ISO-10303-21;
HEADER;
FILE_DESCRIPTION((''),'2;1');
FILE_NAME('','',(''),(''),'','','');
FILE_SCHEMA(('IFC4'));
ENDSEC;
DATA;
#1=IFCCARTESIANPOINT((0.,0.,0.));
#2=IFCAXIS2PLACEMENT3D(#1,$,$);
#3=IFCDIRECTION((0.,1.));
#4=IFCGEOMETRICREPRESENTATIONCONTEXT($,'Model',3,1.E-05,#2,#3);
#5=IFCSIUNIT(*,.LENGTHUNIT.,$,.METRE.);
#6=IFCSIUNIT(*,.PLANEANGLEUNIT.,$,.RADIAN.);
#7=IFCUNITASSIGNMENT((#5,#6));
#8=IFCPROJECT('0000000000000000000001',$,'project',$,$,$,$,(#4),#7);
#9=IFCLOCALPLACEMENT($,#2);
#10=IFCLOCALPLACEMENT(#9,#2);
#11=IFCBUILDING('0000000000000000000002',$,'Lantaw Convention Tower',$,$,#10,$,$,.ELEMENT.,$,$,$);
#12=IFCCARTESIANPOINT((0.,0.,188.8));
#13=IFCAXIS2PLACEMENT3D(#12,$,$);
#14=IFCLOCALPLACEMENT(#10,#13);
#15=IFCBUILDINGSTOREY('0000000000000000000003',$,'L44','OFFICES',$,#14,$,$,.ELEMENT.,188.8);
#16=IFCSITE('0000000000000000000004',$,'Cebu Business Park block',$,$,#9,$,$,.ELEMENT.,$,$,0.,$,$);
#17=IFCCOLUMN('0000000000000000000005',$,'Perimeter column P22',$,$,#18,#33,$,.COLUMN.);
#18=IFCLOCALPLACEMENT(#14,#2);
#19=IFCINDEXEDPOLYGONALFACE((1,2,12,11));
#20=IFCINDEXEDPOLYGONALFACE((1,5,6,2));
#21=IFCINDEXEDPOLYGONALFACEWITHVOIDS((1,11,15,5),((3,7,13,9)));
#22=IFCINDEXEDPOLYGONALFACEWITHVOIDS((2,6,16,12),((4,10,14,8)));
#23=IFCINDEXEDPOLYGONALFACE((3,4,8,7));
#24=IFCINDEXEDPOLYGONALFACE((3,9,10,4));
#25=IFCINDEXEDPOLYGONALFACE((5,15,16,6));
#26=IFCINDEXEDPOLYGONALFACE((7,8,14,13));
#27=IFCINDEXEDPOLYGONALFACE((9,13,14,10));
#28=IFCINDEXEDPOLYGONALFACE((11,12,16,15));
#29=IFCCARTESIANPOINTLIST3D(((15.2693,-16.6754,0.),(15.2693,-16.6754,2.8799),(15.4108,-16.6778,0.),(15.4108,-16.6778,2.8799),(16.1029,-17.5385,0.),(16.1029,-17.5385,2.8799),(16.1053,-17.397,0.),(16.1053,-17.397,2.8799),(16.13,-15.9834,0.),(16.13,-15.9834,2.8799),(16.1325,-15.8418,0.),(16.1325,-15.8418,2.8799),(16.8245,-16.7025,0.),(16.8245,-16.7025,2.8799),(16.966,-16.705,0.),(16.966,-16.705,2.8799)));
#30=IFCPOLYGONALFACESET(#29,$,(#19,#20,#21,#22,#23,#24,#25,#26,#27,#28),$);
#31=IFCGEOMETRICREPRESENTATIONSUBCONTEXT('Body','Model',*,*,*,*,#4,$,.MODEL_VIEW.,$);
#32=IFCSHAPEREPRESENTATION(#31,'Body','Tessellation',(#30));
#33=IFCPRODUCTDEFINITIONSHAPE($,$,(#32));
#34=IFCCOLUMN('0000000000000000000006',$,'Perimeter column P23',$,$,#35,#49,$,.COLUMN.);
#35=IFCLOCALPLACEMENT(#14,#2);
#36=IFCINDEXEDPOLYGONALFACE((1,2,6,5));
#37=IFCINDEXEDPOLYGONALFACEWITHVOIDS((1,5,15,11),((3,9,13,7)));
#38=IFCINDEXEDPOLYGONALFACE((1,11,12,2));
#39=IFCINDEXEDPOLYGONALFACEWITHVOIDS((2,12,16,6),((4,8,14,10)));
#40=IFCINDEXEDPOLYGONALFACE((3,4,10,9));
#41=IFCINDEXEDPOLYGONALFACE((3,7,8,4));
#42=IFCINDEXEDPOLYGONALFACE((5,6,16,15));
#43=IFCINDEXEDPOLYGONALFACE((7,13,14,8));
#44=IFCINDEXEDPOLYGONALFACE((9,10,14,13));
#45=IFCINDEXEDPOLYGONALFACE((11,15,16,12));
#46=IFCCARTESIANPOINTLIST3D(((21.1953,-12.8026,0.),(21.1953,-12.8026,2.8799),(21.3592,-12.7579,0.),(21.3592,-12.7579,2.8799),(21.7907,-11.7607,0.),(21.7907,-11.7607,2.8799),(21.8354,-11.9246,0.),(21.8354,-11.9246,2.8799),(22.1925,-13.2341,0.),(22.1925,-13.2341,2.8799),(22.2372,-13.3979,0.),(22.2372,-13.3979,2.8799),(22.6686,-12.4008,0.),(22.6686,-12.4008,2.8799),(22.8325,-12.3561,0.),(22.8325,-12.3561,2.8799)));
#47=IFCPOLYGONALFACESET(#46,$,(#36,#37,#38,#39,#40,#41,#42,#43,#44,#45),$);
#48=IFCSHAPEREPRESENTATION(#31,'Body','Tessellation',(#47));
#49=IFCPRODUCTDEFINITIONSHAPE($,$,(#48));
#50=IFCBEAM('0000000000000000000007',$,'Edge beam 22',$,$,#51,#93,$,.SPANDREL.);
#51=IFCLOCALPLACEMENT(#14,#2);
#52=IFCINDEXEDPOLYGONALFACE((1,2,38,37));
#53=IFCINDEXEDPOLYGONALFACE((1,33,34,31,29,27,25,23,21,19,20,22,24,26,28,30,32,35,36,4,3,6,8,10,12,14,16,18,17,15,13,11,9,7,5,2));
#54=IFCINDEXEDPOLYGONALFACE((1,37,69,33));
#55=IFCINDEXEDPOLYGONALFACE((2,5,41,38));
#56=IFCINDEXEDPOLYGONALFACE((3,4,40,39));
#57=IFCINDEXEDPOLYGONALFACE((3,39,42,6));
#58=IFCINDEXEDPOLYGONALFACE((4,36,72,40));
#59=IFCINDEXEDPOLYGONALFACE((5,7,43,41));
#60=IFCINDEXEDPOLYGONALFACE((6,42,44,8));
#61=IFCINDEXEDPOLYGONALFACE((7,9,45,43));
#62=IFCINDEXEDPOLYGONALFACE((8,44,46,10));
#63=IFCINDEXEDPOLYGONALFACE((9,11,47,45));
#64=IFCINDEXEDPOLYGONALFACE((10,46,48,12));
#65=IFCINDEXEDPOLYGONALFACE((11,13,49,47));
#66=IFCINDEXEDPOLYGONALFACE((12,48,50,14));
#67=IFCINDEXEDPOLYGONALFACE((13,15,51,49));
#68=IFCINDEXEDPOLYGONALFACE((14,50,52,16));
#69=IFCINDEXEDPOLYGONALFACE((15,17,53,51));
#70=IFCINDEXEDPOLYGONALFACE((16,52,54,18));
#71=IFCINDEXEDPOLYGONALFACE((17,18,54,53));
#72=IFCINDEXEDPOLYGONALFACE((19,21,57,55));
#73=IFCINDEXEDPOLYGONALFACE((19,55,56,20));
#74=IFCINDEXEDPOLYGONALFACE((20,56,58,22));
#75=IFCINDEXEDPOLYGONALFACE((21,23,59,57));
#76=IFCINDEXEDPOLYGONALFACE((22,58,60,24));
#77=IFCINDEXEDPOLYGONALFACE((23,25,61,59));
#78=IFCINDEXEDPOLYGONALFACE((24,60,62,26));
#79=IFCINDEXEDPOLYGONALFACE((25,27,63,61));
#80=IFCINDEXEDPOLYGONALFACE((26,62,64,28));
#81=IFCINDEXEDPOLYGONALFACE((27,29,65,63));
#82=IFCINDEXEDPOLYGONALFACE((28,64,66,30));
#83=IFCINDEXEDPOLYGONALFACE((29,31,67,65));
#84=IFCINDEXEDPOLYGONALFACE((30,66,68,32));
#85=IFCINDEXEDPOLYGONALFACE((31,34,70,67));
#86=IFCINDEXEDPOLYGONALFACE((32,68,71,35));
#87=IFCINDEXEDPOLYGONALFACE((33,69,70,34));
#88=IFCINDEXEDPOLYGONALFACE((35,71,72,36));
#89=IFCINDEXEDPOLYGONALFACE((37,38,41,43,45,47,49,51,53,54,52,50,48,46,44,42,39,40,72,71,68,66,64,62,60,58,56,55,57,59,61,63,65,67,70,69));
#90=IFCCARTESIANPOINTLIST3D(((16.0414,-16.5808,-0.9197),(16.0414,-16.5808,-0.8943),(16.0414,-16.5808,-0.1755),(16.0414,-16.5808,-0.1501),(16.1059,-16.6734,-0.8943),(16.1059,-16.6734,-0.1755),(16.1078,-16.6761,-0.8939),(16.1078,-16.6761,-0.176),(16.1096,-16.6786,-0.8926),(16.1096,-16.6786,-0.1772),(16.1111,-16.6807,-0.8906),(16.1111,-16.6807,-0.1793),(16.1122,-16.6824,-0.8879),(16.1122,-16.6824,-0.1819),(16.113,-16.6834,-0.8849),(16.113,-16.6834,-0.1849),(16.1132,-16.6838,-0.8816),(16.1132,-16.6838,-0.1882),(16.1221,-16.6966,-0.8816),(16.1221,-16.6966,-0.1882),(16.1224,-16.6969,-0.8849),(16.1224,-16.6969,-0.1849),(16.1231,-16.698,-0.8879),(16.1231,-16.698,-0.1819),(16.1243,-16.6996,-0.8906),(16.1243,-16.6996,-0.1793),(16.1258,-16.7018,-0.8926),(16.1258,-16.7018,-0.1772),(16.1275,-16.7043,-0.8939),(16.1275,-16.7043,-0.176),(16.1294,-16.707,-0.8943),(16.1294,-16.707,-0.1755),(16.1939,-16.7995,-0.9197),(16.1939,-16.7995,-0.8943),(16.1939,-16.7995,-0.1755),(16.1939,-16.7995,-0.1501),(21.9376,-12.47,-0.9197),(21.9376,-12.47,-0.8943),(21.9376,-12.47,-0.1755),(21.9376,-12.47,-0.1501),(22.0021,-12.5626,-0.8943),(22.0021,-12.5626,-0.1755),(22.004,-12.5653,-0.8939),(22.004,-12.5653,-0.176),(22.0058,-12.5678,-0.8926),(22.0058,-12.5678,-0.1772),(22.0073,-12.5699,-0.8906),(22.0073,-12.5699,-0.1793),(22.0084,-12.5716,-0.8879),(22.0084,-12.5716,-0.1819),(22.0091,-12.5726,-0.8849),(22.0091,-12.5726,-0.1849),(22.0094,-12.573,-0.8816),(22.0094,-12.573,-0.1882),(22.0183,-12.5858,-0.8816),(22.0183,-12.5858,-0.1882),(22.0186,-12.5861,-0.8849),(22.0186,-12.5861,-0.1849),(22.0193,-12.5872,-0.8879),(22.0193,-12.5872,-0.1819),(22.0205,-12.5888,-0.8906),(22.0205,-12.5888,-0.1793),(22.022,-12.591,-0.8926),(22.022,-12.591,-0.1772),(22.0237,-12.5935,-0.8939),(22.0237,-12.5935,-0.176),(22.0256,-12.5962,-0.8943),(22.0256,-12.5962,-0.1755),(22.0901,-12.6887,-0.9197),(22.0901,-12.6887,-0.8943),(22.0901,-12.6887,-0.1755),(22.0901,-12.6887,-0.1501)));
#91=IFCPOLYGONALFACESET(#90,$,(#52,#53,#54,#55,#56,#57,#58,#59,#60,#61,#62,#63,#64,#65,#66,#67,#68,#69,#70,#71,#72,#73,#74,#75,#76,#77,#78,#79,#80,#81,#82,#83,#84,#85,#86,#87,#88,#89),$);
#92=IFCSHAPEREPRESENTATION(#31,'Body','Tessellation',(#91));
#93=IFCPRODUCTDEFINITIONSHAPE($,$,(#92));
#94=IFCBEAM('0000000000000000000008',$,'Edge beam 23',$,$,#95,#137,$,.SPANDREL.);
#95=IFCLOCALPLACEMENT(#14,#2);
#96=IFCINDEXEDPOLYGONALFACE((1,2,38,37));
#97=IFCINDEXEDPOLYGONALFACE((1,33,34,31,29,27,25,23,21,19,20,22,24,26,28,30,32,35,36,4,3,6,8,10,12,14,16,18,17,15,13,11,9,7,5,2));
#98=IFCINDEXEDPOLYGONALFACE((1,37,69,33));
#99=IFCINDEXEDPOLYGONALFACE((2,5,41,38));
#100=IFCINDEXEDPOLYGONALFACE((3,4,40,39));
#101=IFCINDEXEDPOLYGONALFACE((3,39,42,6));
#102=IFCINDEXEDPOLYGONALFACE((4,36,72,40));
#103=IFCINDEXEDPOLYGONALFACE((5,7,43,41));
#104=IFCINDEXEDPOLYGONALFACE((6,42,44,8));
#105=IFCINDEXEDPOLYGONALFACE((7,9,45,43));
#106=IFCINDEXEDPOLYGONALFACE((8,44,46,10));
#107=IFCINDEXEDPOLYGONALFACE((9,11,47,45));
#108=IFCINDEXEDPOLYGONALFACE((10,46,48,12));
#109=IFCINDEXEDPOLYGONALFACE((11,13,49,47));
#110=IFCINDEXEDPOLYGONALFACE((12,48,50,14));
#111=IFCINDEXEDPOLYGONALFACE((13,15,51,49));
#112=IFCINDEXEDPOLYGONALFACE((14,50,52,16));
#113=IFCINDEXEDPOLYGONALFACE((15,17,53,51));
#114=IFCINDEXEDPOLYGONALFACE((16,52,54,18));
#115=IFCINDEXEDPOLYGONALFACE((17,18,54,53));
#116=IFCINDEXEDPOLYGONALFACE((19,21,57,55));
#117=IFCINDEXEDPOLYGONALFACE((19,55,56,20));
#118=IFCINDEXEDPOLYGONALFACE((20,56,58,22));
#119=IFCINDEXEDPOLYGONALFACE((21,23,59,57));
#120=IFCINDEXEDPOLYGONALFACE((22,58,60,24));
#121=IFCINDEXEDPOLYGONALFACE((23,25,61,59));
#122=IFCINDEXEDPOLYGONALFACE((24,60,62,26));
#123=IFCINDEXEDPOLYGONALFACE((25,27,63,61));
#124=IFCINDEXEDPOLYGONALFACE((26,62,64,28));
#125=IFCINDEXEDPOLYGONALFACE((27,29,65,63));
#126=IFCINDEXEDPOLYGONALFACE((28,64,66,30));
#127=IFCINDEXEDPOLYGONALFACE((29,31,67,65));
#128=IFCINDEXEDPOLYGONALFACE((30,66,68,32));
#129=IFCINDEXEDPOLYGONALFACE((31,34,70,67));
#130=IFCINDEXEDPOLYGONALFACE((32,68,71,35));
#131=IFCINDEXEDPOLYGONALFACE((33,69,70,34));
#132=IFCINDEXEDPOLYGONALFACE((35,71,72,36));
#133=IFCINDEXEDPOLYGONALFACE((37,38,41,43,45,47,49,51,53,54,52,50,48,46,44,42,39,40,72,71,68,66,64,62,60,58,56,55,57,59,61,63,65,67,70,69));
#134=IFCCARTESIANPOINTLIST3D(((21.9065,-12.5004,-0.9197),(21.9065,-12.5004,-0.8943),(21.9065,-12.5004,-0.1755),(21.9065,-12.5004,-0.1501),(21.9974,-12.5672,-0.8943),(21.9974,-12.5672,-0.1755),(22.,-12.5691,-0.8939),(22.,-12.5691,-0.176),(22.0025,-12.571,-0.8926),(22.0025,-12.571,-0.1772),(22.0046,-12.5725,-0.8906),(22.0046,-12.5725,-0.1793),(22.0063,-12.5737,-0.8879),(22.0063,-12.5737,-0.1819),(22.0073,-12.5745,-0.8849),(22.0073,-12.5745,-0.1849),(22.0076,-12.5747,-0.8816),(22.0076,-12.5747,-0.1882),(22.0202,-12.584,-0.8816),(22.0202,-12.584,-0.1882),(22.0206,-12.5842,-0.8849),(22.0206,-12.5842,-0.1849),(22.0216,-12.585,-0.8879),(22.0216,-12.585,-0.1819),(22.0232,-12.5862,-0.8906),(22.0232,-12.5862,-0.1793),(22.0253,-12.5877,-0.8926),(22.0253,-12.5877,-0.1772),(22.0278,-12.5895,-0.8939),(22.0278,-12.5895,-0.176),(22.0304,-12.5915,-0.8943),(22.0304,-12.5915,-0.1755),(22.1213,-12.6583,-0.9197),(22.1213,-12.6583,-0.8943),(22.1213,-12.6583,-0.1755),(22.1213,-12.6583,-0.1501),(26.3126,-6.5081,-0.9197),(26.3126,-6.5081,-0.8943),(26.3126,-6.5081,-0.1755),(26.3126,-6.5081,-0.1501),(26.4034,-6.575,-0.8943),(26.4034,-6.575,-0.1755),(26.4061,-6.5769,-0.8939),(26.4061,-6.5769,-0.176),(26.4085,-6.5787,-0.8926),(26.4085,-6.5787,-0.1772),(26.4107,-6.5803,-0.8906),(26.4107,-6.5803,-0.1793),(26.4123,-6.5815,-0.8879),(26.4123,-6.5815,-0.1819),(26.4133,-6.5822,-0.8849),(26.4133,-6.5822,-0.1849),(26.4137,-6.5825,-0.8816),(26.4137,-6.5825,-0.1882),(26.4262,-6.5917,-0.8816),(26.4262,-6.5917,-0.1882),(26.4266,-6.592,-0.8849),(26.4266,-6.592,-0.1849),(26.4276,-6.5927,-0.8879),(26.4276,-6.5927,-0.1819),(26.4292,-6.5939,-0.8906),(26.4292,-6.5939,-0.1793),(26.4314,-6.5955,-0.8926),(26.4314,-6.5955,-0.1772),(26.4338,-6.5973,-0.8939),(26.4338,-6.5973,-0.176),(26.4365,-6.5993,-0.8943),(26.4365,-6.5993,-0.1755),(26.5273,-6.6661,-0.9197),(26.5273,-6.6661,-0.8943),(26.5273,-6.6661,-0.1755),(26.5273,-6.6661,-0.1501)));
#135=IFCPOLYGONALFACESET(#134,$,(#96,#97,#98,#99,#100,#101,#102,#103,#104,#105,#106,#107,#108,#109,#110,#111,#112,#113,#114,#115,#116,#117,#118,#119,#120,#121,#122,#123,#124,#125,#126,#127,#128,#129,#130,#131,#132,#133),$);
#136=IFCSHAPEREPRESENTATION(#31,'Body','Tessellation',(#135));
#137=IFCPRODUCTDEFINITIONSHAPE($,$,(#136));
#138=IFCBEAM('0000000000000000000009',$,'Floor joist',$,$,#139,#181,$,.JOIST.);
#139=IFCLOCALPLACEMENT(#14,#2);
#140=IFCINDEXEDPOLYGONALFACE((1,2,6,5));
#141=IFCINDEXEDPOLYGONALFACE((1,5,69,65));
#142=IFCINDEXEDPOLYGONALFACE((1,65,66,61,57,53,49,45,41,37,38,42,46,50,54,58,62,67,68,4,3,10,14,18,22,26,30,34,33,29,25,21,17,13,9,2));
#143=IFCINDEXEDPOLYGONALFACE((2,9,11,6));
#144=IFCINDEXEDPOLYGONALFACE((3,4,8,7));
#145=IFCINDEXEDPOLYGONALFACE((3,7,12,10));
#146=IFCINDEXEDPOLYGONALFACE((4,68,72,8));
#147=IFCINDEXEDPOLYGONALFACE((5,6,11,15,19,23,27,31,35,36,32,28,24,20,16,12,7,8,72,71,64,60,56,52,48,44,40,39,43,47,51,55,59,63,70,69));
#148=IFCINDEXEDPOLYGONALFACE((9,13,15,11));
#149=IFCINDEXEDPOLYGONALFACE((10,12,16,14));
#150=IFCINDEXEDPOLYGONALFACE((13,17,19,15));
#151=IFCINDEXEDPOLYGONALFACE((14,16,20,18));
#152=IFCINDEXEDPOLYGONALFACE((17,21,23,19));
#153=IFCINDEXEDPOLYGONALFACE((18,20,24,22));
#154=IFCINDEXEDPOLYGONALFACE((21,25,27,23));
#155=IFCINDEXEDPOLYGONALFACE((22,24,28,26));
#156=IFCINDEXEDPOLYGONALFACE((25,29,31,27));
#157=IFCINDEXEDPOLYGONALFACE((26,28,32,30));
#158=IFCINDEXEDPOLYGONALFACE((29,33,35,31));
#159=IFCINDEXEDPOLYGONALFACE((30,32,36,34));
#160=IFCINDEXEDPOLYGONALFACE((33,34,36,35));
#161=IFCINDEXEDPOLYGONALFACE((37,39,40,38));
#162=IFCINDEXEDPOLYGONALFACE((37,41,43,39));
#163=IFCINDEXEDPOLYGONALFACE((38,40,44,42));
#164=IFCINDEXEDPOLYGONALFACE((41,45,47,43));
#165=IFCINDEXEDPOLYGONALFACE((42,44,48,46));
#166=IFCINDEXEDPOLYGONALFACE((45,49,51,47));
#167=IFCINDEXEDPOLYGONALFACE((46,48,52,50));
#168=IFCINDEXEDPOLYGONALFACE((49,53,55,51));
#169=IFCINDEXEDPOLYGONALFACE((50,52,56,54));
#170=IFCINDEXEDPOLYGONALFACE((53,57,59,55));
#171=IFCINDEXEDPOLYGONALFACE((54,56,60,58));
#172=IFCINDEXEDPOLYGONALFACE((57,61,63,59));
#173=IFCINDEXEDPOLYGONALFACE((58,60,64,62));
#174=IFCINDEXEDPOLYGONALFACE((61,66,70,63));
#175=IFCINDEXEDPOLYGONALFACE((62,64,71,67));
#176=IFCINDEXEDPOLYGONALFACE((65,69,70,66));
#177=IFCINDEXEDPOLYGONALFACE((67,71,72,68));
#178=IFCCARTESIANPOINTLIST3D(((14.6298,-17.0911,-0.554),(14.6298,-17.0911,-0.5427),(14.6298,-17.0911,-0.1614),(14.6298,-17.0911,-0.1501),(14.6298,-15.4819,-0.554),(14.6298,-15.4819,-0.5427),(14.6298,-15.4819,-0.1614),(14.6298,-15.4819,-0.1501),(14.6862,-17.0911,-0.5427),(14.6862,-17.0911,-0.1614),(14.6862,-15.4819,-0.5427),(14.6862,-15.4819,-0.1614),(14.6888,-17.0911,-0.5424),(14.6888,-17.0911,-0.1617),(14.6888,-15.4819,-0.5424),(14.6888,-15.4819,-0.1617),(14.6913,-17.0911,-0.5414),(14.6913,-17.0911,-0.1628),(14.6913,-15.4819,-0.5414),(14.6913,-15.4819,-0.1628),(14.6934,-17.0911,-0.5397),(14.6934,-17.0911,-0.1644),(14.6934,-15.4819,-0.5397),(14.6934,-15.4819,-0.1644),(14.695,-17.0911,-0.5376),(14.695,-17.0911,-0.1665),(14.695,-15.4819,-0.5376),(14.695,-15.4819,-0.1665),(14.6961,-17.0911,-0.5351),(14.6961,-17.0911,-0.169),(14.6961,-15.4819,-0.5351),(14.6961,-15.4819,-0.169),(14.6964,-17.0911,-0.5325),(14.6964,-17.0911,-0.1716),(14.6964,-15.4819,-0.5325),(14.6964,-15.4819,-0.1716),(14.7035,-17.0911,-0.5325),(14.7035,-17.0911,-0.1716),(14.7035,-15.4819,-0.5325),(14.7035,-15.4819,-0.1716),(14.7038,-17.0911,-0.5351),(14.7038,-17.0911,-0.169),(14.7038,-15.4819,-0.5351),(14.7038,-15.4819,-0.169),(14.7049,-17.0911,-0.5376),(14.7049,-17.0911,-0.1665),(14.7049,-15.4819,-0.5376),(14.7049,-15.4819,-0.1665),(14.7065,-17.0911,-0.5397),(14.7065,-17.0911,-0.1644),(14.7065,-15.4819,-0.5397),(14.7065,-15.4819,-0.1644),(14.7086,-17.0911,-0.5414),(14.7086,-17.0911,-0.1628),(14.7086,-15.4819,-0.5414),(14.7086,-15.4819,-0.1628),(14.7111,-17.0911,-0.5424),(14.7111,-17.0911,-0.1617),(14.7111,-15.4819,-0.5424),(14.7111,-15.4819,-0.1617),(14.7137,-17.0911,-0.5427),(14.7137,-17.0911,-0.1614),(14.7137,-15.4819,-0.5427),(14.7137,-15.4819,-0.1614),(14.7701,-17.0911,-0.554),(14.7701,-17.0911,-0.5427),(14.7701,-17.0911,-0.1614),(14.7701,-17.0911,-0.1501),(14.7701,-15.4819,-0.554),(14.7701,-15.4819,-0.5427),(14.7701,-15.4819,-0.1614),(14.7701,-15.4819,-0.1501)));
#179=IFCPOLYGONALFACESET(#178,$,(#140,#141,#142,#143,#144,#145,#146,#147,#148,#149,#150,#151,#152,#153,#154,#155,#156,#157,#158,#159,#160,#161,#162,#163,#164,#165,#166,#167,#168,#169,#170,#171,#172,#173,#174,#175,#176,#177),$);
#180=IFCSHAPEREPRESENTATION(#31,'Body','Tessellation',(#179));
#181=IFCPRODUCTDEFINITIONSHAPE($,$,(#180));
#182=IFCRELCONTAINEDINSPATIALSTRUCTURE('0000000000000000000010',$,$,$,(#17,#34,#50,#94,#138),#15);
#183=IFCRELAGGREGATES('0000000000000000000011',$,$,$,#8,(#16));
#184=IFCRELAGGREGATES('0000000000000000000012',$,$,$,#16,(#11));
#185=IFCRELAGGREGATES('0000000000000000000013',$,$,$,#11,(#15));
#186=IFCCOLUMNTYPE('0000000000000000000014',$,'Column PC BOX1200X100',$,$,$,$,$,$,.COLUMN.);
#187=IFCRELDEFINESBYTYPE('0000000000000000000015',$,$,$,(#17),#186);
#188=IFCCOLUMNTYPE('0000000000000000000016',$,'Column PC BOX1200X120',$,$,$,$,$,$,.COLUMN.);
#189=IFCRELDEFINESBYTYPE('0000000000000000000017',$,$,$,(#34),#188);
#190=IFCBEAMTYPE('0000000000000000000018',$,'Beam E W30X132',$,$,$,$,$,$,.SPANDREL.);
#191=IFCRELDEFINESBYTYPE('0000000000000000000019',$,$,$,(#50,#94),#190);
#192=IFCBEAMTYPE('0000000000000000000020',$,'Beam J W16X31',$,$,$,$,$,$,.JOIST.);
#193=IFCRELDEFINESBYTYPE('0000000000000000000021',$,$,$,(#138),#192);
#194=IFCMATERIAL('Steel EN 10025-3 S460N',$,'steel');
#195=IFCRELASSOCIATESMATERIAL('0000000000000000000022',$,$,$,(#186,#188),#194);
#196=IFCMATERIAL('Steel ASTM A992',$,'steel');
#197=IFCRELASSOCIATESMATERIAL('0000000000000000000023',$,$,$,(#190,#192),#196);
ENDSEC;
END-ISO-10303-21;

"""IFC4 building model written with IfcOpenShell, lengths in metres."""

from ifc_helpers import new_model, si_unit, direction, frame, origin, origin_2d, place, context, subcontext, project, spatial, rectangle, hollow_rectangle, i_section, extrude, material, material_profile, profile_set, type_object, element, save


model = new_model("IFC4")

# Units and contexts
model_context = context("Model", 3, precision=1e-05, world=origin(), true_north=direction((0.0, 1.0)))
body_context = subcontext(model_context, "Body", "Model", "MODEL_VIEW")
ifc_project = project(units=[si_unit("LENGTHUNIT", "METRE"), si_unit("PLANEANGLEUNIT", "RADIAN")], contexts=[model_context])

# Site, building, storey
site_placement = place(None, origin())
site = spatial("IfcSite", under=ifc_project, at=site_placement, Name="Cebu Business Park block", CompositionType="ELEMENT", RefElevation=0.0)
building_placement = place(site_placement, origin())
building = spatial("IfcBuilding", under=site, at=building_placement, Name="Lantaw Convention Tower", CompositionType="ELEMENT")
storey_placement = place(building_placement, frame((0.0, 0.0, 188.8)))
storey = spatial("IfcBuildingStorey", under=building, at=storey_placement, Name="L44", Description="OFFICES", CompositionType="ELEMENT", Elevation=188.8)

# Columns
ifc_material_1 = material(Name="Steel EN 10025-3 S460N", Category="steel")
ifc_material_profile_1 = material_profile(ifc_material_1, hollow_rectangle(XDim=1.2, YDim=1.2, WallThickness=0.1001, at=origin_2d()), Name="BOX1200X100")
ifc_material_2 = material(Name="Concrete C60/75", Category="concrete")
ifc_material_profile_2 = material_profile(ifc_material_2, rectangle(XDim=1.0, YDim=1.0, at=origin_2d()), Name="Concrete fill of BOX1200X100")
ifc_profile_set_1 = profile_set([ifc_material_profile_1, ifc_material_profile_2], Name="Steel EN 10025-3 S460N")
column_type_1 = type_object("IfcColumnType", Name="Column PC BOX1200X100", PredefinedType="COLUMN", material=ifc_profile_set_1)
column_1_placement = place(storey_placement, frame((16.1177, -16.6902, 0.0), z_axis=(0.0, 0.0, 1.0), x_axis=(0.71934, 0.694658, 0.0)))
element("IfcColumn", 1, at=column_1_placement, inside=storey, type_object=column_type_1, Name="Perimeter column P22", PredefinedType="COLUMN", context=body_context, shape_type="SweptSolid", body=[
    extrude(hollow_rectangle(XDim=1.2, YDim=1.2, WallThickness=0.1001, at=origin_2d()), origin(), (0.0, 0.0, 1.0), 2.8799),
])
ifc_material_profile_3 = material_profile(ifc_material_1, hollow_rectangle(XDim=1.2, YDim=1.2, WallThickness=0.1201, at=origin_2d()), Name="BOX1200X120")
ifc_material_profile_4 = material_profile(ifc_material_2, rectangle(XDim=0.96, YDim=0.96, at=origin_2d()), Name="Concrete fill of BOX1200X120")
ifc_profile_set_2 = profile_set([ifc_material_profile_3, ifc_material_profile_4], Name="Steel EN 10025-3 S460N")
column_type_2 = type_object("IfcColumnType", Name="Column PC BOX1200X120", PredefinedType="COLUMN", material=ifc_profile_set_2)
column_2_placement = place(storey_placement, frame((22.0139, -12.5793, 0.0), z_axis=(0.0, 0.0, 1.0), x_axis=(0.496139, 0.868243, 0.0)))
element("IfcColumn", 2, at=column_2_placement, inside=storey, type_object=column_type_2, Name="Perimeter column P23", PredefinedType="COLUMN", context=body_context, shape_type="SweptSolid", body=[
    extrude(hollow_rectangle(XDim=1.2, YDim=1.2, WallThickness=0.1201, at=origin_2d()), origin(), (0.0, 0.0, 1.0), 2.8799),
])

# Beams
ifc_material_3 = material(Name="Steel ASTM A992", Category="steel")
ifc_material_profile_5 = material_profile(ifc_material_3, i_section(OverallWidth=0.2666, OverallDepth=0.7695, WebThickness=0.0156, FlangeThickness=0.0254, FilletRadius=0.0127, at=origin_2d()), Name="W30X132")
ifc_profile_set_3 = profile_set([ifc_material_profile_5], Name="Steel ASTM A992")
beam_type_1 = type_object("IfcBeamType", Name="Beam E W30X132", PredefinedType="SPANDREL", material=ifc_profile_set_3)
beam_1_placement = place(storey_placement, frame((16.1177, -16.6902, -0.5349), z_axis=(0.820311, 0.571918, 0.0), x_axis=(-0.571918, 0.820311, 0.0)))
element("IfcBeam", 3, at=beam_1_placement, inside=storey, type_object=beam_type_1, Name="Edge beam 22", PredefinedType="SPANDREL", context=body_context, shape_type="SweptSolid", body=[
    extrude(i_section(OverallWidth=0.2666, OverallDepth=0.7695, WebThickness=0.0156, FlangeThickness=0.0254, FilletRadius=0.0127, at=origin_2d()), origin(), (0.0, 0.0, 1.0), 7.1877),
])
beam_2_placement = place(storey_placement, frame((22.0139, -12.5793, -0.5349), z_axis=(0.592389, 0.805652, 0.0), x_axis=(-0.805652, 0.592389, 0.0)))
element("IfcBeam", 4, at=beam_2_placement, inside=storey, type_object=beam_type_1, Name="Edge beam 23", PredefinedType="SPANDREL", context=body_context, shape_type="SweptSolid", body=[
    extrude(i_section(OverallWidth=0.2666, OverallDepth=0.7695, WebThickness=0.0156, FlangeThickness=0.0254, FilletRadius=0.0127, at=origin_2d()), origin(), (0.0, 0.0, 1.0), 7.4377),
])
ifc_material_profile_6 = material_profile(ifc_material_3, i_section(OverallWidth=0.1404, OverallDepth=0.4038, WebThickness=0.0071, FlangeThickness=0.0112, FilletRadius=0.0103, at=origin_2d()), Name="W16X31")
ifc_profile_set_4 = profile_set([ifc_material_profile_6], Name="Steel ASTM A992")
beam_type_2 = type_object("IfcBeamType", Name="Beam J W16X31", PredefinedType="JOIST", material=ifc_profile_set_4)
beam_3_placement = place(storey_placement, frame((14.7, -17.0911, -0.3521), z_axis=(0.0, 1.0, 0.0), x_axis=(-1.0, 0.0, 0.0)))
element("IfcBeam", 5, at=beam_3_placement, inside=storey, type_object=beam_type_2, Name="Floor joist", PredefinedType="JOIST", context=body_context, shape_type="SweptSolid", body=[
    extrude(i_section(OverallWidth=0.1404, OverallDepth=0.4038, WebThickness=0.0071, FlangeThickness=0.0112, FilletRadius=0.0103, at=origin_2d()), origin(), (0.0, 0.0, 1.0), 1.6091),
])

save(model, "model.ifc")
